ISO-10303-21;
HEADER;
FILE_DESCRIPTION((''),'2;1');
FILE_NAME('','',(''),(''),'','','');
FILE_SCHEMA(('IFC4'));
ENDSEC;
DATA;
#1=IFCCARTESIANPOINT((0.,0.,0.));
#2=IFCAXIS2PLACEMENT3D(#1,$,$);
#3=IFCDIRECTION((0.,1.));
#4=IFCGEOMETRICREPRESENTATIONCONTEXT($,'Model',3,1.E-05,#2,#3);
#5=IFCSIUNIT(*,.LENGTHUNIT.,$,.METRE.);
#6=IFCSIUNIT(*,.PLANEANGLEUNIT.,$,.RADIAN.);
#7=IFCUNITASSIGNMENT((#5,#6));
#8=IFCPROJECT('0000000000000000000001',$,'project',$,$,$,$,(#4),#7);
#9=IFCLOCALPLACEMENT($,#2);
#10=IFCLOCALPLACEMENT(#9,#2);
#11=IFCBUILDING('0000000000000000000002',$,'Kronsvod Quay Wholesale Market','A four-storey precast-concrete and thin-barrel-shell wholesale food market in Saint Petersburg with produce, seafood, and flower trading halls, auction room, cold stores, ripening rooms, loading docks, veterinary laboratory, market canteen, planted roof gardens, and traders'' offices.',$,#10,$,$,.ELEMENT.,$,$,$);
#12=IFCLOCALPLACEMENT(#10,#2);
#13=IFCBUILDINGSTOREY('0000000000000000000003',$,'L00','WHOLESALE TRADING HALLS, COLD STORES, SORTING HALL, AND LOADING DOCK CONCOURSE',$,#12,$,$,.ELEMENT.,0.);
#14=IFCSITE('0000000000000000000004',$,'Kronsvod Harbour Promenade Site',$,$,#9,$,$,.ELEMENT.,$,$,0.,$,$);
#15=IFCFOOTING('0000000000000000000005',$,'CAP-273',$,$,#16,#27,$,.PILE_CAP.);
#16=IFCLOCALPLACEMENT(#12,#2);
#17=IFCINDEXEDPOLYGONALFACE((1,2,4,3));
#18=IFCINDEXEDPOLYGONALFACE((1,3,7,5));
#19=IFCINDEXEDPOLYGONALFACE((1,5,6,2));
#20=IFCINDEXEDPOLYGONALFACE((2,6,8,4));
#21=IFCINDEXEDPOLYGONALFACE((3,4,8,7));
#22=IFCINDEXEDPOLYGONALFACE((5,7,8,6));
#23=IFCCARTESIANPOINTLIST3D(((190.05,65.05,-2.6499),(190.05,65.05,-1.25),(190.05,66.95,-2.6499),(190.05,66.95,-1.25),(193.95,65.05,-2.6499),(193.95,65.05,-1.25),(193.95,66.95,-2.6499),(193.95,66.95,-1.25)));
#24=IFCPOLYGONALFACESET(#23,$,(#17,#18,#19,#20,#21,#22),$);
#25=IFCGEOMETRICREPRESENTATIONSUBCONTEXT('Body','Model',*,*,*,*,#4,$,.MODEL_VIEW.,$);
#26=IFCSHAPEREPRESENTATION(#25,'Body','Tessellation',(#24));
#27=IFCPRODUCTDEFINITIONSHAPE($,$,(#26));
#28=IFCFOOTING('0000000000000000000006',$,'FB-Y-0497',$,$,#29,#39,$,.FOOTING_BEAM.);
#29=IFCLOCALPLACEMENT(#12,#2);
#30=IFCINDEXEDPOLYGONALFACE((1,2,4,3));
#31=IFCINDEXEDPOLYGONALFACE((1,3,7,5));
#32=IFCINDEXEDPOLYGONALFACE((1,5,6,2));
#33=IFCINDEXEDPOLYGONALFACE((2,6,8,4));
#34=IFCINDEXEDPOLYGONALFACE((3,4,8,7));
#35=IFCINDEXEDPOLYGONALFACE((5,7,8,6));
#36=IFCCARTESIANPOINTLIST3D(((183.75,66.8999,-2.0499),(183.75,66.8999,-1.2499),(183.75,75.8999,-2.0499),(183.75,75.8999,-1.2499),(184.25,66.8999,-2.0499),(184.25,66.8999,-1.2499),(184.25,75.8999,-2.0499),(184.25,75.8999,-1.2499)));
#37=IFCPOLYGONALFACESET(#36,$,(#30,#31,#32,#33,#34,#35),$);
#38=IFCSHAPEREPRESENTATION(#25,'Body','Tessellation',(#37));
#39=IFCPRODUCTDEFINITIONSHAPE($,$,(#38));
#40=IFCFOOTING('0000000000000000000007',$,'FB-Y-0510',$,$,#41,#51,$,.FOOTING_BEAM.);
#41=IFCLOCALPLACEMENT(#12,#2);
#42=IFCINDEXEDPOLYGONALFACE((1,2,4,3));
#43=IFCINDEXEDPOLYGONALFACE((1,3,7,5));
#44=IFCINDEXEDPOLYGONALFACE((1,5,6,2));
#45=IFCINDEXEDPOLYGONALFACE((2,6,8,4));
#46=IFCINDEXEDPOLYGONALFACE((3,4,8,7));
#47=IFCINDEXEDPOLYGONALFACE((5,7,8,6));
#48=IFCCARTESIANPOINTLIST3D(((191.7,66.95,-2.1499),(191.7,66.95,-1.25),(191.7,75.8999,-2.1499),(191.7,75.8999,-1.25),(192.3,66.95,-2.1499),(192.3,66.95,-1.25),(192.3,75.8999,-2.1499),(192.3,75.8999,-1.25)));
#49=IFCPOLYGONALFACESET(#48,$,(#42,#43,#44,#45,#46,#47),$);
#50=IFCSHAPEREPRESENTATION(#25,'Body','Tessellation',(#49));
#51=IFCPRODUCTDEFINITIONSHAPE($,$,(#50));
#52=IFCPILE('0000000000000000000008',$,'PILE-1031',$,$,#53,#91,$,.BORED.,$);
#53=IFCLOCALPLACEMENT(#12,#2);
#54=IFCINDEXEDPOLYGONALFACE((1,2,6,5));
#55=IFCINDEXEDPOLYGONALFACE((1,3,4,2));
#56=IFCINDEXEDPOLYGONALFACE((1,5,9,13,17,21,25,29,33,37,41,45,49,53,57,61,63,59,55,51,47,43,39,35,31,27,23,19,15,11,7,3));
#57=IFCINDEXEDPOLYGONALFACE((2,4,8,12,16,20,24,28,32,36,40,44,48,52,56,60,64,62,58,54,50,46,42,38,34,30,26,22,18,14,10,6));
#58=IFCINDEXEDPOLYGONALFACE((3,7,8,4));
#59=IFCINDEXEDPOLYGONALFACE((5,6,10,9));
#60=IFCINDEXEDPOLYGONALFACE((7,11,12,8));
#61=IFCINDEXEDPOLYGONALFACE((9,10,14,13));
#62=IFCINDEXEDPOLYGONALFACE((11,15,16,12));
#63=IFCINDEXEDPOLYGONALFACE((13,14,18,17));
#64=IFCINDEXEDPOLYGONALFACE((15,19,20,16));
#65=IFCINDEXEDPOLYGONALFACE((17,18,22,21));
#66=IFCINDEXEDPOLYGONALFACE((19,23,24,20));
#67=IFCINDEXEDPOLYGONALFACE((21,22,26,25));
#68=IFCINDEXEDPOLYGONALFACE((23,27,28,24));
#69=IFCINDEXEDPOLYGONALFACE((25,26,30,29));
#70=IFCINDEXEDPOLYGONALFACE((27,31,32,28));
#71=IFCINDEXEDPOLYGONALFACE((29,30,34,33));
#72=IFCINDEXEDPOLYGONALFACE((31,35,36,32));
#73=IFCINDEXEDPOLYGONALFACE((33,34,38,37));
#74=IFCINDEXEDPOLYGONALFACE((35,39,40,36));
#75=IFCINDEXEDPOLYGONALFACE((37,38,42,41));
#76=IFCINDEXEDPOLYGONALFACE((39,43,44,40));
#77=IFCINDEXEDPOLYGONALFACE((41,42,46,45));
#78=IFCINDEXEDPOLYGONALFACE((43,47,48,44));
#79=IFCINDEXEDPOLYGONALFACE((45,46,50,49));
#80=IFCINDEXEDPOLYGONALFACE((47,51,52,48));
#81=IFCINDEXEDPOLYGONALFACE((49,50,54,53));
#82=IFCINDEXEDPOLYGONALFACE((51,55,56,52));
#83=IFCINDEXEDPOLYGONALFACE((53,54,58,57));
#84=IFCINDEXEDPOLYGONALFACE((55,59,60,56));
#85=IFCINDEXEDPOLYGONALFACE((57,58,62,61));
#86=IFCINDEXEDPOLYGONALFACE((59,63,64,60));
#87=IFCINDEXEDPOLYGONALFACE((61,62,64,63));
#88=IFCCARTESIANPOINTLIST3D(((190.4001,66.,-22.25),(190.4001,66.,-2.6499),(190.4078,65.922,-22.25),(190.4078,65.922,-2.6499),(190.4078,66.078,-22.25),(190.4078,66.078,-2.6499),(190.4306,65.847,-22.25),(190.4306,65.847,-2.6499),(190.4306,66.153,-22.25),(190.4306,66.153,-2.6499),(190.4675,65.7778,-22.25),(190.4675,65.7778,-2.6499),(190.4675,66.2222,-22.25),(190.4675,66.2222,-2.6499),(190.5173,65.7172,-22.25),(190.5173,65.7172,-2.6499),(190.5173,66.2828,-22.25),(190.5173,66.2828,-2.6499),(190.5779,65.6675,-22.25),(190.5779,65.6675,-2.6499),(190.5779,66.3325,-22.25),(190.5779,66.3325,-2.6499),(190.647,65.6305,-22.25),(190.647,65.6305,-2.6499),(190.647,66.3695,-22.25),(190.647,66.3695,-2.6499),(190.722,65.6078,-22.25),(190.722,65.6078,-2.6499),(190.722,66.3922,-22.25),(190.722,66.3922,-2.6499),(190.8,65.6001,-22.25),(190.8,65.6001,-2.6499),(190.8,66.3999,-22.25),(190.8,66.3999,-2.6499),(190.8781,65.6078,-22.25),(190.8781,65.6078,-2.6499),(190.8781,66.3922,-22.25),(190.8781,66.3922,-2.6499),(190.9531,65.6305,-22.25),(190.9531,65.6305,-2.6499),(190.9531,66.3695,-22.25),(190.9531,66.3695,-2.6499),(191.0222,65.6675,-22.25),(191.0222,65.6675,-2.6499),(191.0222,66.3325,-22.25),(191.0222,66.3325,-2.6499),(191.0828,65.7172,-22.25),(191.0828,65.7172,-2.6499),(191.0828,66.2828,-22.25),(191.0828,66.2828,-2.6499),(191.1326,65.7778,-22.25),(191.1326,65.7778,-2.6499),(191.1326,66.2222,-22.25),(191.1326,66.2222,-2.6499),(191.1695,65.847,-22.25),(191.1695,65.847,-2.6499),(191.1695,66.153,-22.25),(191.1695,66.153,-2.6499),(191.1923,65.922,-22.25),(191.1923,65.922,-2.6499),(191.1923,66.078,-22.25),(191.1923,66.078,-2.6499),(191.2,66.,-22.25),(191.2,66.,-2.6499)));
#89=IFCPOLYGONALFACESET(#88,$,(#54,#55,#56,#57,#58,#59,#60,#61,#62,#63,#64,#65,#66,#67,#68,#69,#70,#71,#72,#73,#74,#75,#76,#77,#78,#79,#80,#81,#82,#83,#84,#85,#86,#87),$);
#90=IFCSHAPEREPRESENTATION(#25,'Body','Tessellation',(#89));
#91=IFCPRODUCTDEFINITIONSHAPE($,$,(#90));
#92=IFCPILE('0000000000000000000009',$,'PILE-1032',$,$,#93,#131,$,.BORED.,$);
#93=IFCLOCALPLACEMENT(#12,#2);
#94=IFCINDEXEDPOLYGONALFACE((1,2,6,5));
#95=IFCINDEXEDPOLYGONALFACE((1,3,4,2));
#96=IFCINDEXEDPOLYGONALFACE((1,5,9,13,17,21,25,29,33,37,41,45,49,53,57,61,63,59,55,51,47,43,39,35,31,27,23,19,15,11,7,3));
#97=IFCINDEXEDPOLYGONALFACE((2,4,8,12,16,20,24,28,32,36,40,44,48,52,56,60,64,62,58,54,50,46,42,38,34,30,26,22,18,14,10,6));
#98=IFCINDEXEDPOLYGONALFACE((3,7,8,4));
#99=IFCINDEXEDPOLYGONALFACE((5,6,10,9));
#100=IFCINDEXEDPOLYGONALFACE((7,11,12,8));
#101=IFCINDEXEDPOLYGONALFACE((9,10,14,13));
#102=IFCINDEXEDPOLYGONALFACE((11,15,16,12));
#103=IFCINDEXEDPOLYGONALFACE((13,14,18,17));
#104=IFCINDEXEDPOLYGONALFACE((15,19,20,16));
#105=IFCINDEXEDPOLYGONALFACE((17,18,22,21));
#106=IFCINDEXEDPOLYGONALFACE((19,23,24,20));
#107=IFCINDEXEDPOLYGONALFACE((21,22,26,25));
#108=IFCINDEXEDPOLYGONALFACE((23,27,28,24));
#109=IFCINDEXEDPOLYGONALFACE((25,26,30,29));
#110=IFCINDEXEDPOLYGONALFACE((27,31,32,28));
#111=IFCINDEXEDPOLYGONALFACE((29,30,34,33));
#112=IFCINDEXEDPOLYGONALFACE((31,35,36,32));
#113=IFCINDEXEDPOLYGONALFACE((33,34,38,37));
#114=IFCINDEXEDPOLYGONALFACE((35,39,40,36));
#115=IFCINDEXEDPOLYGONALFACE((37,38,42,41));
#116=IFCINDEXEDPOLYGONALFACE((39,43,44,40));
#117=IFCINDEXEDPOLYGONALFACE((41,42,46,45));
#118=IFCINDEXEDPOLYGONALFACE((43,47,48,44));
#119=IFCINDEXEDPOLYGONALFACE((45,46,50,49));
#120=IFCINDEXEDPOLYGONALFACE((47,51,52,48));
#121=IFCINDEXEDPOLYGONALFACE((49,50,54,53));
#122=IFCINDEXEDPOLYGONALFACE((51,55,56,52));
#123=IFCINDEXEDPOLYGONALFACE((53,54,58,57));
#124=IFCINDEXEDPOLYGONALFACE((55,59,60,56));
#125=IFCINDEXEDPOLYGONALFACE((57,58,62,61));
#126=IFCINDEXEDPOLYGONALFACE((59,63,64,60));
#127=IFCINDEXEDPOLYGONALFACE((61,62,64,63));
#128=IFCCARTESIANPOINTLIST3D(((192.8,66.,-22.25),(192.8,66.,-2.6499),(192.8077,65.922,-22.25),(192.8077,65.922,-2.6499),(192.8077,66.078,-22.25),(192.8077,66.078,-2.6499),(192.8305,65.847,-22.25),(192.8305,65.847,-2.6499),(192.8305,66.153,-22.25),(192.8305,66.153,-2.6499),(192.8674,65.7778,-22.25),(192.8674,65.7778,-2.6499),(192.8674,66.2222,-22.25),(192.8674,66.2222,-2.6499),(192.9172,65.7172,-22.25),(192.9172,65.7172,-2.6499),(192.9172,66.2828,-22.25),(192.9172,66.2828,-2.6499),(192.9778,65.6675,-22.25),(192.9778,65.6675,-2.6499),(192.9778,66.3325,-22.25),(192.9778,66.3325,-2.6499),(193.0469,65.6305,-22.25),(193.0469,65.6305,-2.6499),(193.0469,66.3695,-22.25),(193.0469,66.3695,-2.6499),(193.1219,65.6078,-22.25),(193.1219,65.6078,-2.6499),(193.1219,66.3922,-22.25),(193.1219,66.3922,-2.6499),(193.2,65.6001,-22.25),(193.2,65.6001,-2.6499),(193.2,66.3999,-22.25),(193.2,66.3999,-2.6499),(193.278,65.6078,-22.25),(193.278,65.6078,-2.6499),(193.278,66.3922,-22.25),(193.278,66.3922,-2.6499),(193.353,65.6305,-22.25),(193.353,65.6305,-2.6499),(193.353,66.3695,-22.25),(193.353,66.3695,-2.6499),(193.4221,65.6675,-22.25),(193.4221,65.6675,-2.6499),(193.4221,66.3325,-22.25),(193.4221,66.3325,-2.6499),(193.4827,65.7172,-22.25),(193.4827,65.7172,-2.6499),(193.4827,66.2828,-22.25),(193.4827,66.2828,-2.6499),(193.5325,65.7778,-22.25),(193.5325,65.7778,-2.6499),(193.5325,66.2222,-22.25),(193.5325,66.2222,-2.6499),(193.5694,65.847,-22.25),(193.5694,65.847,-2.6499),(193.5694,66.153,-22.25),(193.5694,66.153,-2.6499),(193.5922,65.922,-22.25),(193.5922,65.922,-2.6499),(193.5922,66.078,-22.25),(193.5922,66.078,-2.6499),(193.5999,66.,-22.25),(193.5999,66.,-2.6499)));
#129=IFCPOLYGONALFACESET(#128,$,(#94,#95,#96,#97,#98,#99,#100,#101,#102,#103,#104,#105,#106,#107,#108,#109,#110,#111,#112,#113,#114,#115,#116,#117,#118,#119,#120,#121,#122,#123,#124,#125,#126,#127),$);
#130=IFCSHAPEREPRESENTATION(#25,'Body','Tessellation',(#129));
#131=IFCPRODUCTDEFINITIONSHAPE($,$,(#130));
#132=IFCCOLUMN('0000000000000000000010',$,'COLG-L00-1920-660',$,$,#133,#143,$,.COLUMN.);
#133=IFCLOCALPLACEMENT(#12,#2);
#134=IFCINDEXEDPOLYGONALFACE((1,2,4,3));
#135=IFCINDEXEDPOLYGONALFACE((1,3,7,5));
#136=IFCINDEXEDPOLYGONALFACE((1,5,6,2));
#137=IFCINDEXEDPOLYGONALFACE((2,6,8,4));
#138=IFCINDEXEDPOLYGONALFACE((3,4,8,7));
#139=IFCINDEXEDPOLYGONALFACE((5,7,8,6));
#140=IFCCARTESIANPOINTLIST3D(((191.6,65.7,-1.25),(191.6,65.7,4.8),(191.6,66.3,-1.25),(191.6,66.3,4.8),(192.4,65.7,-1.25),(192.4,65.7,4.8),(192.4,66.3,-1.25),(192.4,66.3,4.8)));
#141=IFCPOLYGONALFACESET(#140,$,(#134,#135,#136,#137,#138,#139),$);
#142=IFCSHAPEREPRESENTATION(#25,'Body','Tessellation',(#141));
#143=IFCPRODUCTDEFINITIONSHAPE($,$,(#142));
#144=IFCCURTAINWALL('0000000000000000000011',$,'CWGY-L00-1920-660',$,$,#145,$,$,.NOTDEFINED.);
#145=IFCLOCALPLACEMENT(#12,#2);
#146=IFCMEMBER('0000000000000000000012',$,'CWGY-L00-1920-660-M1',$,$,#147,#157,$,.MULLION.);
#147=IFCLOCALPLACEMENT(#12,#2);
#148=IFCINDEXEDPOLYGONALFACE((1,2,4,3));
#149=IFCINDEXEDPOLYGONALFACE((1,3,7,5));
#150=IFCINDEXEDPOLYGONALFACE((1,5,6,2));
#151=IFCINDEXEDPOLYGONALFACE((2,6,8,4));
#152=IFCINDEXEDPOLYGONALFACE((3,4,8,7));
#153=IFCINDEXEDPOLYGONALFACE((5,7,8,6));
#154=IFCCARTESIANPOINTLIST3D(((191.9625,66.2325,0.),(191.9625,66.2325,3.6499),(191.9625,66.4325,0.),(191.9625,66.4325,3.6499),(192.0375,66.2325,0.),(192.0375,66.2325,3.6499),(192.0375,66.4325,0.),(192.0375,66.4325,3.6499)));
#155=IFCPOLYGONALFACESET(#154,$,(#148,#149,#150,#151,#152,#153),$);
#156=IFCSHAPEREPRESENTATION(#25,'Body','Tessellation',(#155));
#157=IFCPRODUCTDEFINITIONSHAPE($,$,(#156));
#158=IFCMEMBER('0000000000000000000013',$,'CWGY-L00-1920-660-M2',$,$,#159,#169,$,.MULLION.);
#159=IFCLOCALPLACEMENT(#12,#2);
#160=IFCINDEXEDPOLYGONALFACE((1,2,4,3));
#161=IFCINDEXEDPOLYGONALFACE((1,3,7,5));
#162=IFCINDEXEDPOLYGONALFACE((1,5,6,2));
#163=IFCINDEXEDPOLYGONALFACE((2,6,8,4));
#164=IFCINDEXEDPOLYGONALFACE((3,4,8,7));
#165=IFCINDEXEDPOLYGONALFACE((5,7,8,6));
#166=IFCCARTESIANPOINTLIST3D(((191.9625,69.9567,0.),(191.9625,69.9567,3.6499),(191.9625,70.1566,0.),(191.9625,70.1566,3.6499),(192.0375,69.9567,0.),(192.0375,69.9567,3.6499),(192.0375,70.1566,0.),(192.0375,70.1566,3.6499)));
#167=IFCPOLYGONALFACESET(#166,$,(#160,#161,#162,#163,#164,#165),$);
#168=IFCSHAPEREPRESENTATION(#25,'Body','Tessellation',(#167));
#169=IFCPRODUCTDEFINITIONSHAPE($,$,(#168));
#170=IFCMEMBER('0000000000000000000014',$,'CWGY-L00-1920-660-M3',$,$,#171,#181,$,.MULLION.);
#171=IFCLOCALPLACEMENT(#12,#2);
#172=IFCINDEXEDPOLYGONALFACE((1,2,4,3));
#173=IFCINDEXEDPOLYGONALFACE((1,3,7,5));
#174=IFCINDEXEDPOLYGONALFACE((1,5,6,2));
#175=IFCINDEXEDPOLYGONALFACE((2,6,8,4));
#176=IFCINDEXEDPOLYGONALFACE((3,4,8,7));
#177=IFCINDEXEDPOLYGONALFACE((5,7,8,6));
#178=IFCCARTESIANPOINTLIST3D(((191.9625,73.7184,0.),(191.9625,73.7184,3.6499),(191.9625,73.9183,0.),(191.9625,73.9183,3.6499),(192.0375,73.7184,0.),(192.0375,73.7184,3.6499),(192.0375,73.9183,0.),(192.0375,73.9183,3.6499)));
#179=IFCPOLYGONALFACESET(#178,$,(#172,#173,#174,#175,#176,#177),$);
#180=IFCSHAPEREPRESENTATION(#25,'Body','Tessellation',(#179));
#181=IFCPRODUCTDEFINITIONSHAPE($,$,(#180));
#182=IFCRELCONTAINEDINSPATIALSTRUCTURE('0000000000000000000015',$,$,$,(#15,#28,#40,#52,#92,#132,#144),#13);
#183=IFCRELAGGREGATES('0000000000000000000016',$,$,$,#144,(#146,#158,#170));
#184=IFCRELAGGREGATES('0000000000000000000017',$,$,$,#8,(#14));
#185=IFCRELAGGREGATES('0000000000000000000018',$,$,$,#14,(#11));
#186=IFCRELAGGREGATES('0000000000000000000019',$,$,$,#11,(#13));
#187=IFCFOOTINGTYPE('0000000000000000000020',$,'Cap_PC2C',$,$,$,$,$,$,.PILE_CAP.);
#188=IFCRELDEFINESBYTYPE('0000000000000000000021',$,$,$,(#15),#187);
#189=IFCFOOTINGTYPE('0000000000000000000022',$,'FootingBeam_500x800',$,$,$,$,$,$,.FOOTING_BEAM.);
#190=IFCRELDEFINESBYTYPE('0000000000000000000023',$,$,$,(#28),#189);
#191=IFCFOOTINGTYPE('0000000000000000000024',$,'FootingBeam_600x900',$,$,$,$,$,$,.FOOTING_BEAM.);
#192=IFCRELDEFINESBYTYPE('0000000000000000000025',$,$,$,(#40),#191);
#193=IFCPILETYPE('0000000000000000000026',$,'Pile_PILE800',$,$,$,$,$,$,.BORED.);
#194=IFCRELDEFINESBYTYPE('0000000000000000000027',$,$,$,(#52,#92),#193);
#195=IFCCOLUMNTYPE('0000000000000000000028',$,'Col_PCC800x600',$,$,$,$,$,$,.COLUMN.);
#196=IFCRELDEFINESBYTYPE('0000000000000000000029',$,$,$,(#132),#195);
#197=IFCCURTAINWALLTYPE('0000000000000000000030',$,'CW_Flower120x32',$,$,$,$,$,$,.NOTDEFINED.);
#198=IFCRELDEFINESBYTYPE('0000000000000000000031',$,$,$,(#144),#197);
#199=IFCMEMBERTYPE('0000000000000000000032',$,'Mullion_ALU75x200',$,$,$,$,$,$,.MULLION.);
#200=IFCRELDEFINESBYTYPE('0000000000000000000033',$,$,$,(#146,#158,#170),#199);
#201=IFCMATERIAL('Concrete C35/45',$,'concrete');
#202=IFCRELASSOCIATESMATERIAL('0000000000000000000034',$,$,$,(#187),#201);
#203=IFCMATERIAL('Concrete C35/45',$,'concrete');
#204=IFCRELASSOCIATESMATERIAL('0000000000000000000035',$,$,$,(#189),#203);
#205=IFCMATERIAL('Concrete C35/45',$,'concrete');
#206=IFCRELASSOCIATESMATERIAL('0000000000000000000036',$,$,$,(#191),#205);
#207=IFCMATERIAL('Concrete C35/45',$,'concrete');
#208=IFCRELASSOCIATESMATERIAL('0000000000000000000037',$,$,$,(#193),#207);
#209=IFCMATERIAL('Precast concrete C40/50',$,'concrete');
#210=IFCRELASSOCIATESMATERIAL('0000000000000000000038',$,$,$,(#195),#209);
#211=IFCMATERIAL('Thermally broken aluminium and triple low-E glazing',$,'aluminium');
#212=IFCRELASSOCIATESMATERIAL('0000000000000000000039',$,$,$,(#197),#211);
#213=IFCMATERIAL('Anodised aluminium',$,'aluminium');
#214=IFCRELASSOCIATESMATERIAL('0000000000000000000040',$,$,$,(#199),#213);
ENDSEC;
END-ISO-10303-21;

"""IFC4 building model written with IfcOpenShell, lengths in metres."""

from ifc_helpers import new_model, si_unit, direction, frame, origin, origin_2d, place, context, subcontext, project, spatial, rectangle, circle, extrude, material, material_profile, profile_set, type_object, element, aggregate, save


model = new_model("IFC4")

# Units and contexts
model_context = context("Model", 3, precision=1e-05, world=origin(), true_north=direction((0.0, 1.0)))
body_context = subcontext(model_context, "Body", "Model", "MODEL_VIEW")
ifc_project = project(units=[si_unit("LENGTHUNIT", "METRE"), si_unit("PLANEANGLEUNIT", "RADIAN")], contexts=[model_context])

# Site, building, storey
site_placement = place(None, origin())
site = spatial("IfcSite", under=ifc_project, at=site_placement, Name="Kronsvod Harbour Promenade Site", CompositionType="ELEMENT", RefElevation=0.0)
building_placement = place(site_placement, origin())
building = spatial("IfcBuilding", under=site, at=building_placement, Name="Kronsvod Quay Wholesale Market", Description="A four-storey precast-concrete and thin-barrel-shell wholesale food market in Saint Petersburg with produce, seafood, and flower trading halls, auction room, cold stores, ripening rooms, loading docks, veterinary laboratory, market canteen, planted roof gardens, and traders' offices.", CompositionType="ELEMENT")
storey_placement = place(building_placement, origin())
storey = spatial("IfcBuildingStorey", under=building, at=storey_placement, Name="L00", Description="WHOLESALE TRADING HALLS, COLD STORES, SORTING HALL, AND LOADING DOCK CONCOURSE", CompositionType="ELEMENT", Elevation=0.0)

# Footings
ifc_material_1 = material(Name="Concrete C35/45", Category="concrete")
footing_type_1 = type_object("IfcFootingType", Name="Cap_PC2C", PredefinedType="PILE_CAP", material=ifc_material_1)
footing_1_placement = place(storey_placement, frame((192.0, 66.0, -2.6499), z_axis=(0.0, 0.0, 1.0), x_axis=(1.0, 0.0, 0.0)))
element("IfcFooting", 1, at=footing_1_placement, inside=storey, type_object=footing_type_1, Name="CAP-273", PredefinedType="PILE_CAP", context=body_context, shape_type="SweptSolid", body=[
    extrude(rectangle(XDim=3.8999, YDim=1.8999, at=origin_2d()), origin(), (0.0, 0.0, 1.0), 1.3999),
])
ifc_material_2 = material(Name="Concrete C35/45", Category="concrete")
ifc_material_profile_1 = material_profile(ifc_material_2, rectangle(XDim=0.5, YDim=0.8, at=origin_2d()), Name="FB-01")
ifc_profile_set_1 = profile_set([ifc_material_profile_1], Name="Concrete C35/45")
footing_type_2 = type_object("IfcFootingType", Name="FootingBeam_500x800", PredefinedType="FOOTING_BEAM", material=ifc_profile_set_1)
footing_2_placement = place(storey_placement, frame((184.0, 66.8999, -1.6499), z_axis=(0.0, 1.0, 0.0), x_axis=(-1.0, 0.0, 0.0)))
element("IfcFooting", 2, at=footing_2_placement, inside=storey, type_object=footing_type_2, Name="FB-Y-0497", PredefinedType="FOOTING_BEAM", context=body_context, shape_type="SweptSolid", body=[
    extrude(rectangle(XDim=0.5, YDim=0.8, at=origin_2d()), origin(), (0.0, 0.0, 1.0), 9.0),
])
ifc_material_3 = material(Name="Concrete C35/45", Category="concrete")
ifc_material_profile_2 = material_profile(ifc_material_3, rectangle(XDim=0.6001, YDim=0.8999, at=origin_2d()), Name="FB-02")
ifc_profile_set_2 = profile_set([ifc_material_profile_2], Name="Concrete C35/45")
footing_type_3 = type_object("IfcFootingType", Name="FootingBeam_600x900", PredefinedType="FOOTING_BEAM", material=ifc_profile_set_2)
footing_3_placement = place(storey_placement, frame((192.0, 66.95, -1.7), z_axis=(0.0, 1.0, 0.0), x_axis=(-1.0, 0.0, 0.0)))
element("IfcFooting", 3, at=footing_3_placement, inside=storey, type_object=footing_type_3, Name="FB-Y-0510", PredefinedType="FOOTING_BEAM", context=body_context, shape_type="SweptSolid", body=[
    extrude(rectangle(XDim=0.6001, YDim=0.8999, at=origin_2d()), origin(), (0.0, 0.0, 1.0), 8.95),
])

# Piles
ifc_material_4 = material(Name="Concrete C35/45", Category="concrete")
ifc_material_profile_3 = material_profile(ifc_material_4, circle(Radius=0.3999, at=origin_2d()), Name="PILE800")
ifc_profile_set_3 = profile_set([ifc_material_profile_3], Name="Concrete C35/45")
pile_type = type_object("IfcPileType", Name="Pile_PILE800", PredefinedType="BORED", material=ifc_profile_set_3)
for number, where, z_axis, x_axis, name in (
    (4, (190.8, 66.0, -2.6499), (0.0, 0.0, -1.0), (1.0, 0.0, 0.0), "PILE-1031"),
    (5, (193.2, 66.0, -2.6499), (0.0, 0.0, -1.0), (1.0, 0.0, 0.0), "PILE-1032"),
):
    element("IfcPile", number, at=place(storey_placement, frame(where, z_axis=z_axis, x_axis=x_axis)), inside=storey, type_object=pile_type, Name=name, PredefinedType="BORED", context=body_context, shape_type="SweptSolid", body=[
        extrude(circle(Radius=0.3999, at=origin_2d()), origin(), (0.0, 0.0, 1.0), 19.6001),
    ])

# Column
ifc_material_5 = material(Name="Precast concrete C40/50", Category="concrete")
ifc_material_profile_4 = material_profile(ifc_material_5, rectangle(XDim=0.8, YDim=0.6001, at=origin_2d()), Name="PCC800x600")
ifc_profile_set_4 = profile_set([ifc_material_profile_4], Name="Precast concrete C40/50")
column_type = type_object("IfcColumnType", Name="Col_PCC800x600", PredefinedType="COLUMN", material=ifc_profile_set_4)
column_placement = place(storey_placement, frame((192.0, 66.0, -1.25), z_axis=(0.0, 0.0, 1.0), x_axis=(1.0, 0.0, 0.0)))
element("IfcColumn", 6, at=column_placement, inside=storey, type_object=column_type, Name="COLG-L00-1920-660", PredefinedType="COLUMN", context=body_context, shape_type="SweptSolid", body=[
    extrude(rectangle(XDim=0.8, YDim=0.6001, at=origin_2d()), origin(), (0.0, 0.0, 1.0), 6.05),
])

# Curtain wall, members
ifc_material_6 = material(Name="Thermally broken aluminium and triple low-E glazing", Category="aluminium")
curtain_wall_type = type_object("IfcCurtainWallType", Name="CW_Flower120x32", PredefinedType="NOTDEFINED", material=ifc_material_6)
curtain_wall_placement = place(storey_placement, origin())
curtain_wall = element("IfcCurtainWall", 7, at=curtain_wall_placement, inside=storey, type_object=curtain_wall_type, Name="CWGY-L00-1920-660", PredefinedType="NOTDEFINED")
ifc_material_7 = material(Name="Anodised aluminium", Category="aluminium")
ifc_material_profile_5 = material_profile(ifc_material_7, rectangle(XDim=0.075, YDim=0.2, at=origin_2d()), Name="ALUM75x200")
ifc_profile_set_5 = profile_set([ifc_material_profile_5], Name="Anodised aluminium")
member_type_1 = type_object("IfcMemberType", Name="Mullion_ALU75x200", PredefinedType="MULLION", material=ifc_profile_set_5)
member_1_placement = place(storey_placement, frame((192.0, 66.3325, 0.0), z_axis=(0.0, 0.0, 1.0), x_axis=(1.0, 0.0, 0.0)))
member_1 = element("IfcMember", 8, at=member_1_placement, type_object=member_type_1, Name="CWGY-L00-1920-660-M1", PredefinedType="MULLION", context=body_context, shape_type="SweptSolid", body=[
    extrude(rectangle(XDim=0.075, YDim=0.2, at=origin_2d()), origin(), (0.0, 0.0, 1.0), 3.6499),
])
member_2_placement = place(storey_placement, frame((192.0, 70.0566, 0.0), z_axis=(0.0, 0.0, 1.0), x_axis=(1.0, 0.0, 0.0)))
member_2 = element("IfcMember", 9, at=member_2_placement, type_object=member_type_1, Name="CWGY-L00-1920-660-M2", PredefinedType="MULLION", context=body_context, shape_type="SweptSolid", body=[
    extrude(rectangle(XDim=0.075, YDim=0.2, at=origin_2d()), origin(), (0.0, 0.0, 1.0), 3.6499),
])
member_3_placement = place(storey_placement, frame((192.0, 73.8184, 0.0), z_axis=(0.0, 0.0, 1.0), x_axis=(1.0, 0.0, 0.0)))
member_3 = element("IfcMember", 10, at=member_3_placement, type_object=member_type_1, Name="CWGY-L00-1920-660-M3", PredefinedType="MULLION", context=body_context, shape_type="SweptSolid", body=[
    extrude(rectangle(XDim=0.075, YDim=0.2, at=origin_2d()), origin(), (0.0, 0.0, 1.0), 3.6499),
])
aggregate(curtain_wall, [member_1, member_2, member_3])

save(model, "model.ifc")
